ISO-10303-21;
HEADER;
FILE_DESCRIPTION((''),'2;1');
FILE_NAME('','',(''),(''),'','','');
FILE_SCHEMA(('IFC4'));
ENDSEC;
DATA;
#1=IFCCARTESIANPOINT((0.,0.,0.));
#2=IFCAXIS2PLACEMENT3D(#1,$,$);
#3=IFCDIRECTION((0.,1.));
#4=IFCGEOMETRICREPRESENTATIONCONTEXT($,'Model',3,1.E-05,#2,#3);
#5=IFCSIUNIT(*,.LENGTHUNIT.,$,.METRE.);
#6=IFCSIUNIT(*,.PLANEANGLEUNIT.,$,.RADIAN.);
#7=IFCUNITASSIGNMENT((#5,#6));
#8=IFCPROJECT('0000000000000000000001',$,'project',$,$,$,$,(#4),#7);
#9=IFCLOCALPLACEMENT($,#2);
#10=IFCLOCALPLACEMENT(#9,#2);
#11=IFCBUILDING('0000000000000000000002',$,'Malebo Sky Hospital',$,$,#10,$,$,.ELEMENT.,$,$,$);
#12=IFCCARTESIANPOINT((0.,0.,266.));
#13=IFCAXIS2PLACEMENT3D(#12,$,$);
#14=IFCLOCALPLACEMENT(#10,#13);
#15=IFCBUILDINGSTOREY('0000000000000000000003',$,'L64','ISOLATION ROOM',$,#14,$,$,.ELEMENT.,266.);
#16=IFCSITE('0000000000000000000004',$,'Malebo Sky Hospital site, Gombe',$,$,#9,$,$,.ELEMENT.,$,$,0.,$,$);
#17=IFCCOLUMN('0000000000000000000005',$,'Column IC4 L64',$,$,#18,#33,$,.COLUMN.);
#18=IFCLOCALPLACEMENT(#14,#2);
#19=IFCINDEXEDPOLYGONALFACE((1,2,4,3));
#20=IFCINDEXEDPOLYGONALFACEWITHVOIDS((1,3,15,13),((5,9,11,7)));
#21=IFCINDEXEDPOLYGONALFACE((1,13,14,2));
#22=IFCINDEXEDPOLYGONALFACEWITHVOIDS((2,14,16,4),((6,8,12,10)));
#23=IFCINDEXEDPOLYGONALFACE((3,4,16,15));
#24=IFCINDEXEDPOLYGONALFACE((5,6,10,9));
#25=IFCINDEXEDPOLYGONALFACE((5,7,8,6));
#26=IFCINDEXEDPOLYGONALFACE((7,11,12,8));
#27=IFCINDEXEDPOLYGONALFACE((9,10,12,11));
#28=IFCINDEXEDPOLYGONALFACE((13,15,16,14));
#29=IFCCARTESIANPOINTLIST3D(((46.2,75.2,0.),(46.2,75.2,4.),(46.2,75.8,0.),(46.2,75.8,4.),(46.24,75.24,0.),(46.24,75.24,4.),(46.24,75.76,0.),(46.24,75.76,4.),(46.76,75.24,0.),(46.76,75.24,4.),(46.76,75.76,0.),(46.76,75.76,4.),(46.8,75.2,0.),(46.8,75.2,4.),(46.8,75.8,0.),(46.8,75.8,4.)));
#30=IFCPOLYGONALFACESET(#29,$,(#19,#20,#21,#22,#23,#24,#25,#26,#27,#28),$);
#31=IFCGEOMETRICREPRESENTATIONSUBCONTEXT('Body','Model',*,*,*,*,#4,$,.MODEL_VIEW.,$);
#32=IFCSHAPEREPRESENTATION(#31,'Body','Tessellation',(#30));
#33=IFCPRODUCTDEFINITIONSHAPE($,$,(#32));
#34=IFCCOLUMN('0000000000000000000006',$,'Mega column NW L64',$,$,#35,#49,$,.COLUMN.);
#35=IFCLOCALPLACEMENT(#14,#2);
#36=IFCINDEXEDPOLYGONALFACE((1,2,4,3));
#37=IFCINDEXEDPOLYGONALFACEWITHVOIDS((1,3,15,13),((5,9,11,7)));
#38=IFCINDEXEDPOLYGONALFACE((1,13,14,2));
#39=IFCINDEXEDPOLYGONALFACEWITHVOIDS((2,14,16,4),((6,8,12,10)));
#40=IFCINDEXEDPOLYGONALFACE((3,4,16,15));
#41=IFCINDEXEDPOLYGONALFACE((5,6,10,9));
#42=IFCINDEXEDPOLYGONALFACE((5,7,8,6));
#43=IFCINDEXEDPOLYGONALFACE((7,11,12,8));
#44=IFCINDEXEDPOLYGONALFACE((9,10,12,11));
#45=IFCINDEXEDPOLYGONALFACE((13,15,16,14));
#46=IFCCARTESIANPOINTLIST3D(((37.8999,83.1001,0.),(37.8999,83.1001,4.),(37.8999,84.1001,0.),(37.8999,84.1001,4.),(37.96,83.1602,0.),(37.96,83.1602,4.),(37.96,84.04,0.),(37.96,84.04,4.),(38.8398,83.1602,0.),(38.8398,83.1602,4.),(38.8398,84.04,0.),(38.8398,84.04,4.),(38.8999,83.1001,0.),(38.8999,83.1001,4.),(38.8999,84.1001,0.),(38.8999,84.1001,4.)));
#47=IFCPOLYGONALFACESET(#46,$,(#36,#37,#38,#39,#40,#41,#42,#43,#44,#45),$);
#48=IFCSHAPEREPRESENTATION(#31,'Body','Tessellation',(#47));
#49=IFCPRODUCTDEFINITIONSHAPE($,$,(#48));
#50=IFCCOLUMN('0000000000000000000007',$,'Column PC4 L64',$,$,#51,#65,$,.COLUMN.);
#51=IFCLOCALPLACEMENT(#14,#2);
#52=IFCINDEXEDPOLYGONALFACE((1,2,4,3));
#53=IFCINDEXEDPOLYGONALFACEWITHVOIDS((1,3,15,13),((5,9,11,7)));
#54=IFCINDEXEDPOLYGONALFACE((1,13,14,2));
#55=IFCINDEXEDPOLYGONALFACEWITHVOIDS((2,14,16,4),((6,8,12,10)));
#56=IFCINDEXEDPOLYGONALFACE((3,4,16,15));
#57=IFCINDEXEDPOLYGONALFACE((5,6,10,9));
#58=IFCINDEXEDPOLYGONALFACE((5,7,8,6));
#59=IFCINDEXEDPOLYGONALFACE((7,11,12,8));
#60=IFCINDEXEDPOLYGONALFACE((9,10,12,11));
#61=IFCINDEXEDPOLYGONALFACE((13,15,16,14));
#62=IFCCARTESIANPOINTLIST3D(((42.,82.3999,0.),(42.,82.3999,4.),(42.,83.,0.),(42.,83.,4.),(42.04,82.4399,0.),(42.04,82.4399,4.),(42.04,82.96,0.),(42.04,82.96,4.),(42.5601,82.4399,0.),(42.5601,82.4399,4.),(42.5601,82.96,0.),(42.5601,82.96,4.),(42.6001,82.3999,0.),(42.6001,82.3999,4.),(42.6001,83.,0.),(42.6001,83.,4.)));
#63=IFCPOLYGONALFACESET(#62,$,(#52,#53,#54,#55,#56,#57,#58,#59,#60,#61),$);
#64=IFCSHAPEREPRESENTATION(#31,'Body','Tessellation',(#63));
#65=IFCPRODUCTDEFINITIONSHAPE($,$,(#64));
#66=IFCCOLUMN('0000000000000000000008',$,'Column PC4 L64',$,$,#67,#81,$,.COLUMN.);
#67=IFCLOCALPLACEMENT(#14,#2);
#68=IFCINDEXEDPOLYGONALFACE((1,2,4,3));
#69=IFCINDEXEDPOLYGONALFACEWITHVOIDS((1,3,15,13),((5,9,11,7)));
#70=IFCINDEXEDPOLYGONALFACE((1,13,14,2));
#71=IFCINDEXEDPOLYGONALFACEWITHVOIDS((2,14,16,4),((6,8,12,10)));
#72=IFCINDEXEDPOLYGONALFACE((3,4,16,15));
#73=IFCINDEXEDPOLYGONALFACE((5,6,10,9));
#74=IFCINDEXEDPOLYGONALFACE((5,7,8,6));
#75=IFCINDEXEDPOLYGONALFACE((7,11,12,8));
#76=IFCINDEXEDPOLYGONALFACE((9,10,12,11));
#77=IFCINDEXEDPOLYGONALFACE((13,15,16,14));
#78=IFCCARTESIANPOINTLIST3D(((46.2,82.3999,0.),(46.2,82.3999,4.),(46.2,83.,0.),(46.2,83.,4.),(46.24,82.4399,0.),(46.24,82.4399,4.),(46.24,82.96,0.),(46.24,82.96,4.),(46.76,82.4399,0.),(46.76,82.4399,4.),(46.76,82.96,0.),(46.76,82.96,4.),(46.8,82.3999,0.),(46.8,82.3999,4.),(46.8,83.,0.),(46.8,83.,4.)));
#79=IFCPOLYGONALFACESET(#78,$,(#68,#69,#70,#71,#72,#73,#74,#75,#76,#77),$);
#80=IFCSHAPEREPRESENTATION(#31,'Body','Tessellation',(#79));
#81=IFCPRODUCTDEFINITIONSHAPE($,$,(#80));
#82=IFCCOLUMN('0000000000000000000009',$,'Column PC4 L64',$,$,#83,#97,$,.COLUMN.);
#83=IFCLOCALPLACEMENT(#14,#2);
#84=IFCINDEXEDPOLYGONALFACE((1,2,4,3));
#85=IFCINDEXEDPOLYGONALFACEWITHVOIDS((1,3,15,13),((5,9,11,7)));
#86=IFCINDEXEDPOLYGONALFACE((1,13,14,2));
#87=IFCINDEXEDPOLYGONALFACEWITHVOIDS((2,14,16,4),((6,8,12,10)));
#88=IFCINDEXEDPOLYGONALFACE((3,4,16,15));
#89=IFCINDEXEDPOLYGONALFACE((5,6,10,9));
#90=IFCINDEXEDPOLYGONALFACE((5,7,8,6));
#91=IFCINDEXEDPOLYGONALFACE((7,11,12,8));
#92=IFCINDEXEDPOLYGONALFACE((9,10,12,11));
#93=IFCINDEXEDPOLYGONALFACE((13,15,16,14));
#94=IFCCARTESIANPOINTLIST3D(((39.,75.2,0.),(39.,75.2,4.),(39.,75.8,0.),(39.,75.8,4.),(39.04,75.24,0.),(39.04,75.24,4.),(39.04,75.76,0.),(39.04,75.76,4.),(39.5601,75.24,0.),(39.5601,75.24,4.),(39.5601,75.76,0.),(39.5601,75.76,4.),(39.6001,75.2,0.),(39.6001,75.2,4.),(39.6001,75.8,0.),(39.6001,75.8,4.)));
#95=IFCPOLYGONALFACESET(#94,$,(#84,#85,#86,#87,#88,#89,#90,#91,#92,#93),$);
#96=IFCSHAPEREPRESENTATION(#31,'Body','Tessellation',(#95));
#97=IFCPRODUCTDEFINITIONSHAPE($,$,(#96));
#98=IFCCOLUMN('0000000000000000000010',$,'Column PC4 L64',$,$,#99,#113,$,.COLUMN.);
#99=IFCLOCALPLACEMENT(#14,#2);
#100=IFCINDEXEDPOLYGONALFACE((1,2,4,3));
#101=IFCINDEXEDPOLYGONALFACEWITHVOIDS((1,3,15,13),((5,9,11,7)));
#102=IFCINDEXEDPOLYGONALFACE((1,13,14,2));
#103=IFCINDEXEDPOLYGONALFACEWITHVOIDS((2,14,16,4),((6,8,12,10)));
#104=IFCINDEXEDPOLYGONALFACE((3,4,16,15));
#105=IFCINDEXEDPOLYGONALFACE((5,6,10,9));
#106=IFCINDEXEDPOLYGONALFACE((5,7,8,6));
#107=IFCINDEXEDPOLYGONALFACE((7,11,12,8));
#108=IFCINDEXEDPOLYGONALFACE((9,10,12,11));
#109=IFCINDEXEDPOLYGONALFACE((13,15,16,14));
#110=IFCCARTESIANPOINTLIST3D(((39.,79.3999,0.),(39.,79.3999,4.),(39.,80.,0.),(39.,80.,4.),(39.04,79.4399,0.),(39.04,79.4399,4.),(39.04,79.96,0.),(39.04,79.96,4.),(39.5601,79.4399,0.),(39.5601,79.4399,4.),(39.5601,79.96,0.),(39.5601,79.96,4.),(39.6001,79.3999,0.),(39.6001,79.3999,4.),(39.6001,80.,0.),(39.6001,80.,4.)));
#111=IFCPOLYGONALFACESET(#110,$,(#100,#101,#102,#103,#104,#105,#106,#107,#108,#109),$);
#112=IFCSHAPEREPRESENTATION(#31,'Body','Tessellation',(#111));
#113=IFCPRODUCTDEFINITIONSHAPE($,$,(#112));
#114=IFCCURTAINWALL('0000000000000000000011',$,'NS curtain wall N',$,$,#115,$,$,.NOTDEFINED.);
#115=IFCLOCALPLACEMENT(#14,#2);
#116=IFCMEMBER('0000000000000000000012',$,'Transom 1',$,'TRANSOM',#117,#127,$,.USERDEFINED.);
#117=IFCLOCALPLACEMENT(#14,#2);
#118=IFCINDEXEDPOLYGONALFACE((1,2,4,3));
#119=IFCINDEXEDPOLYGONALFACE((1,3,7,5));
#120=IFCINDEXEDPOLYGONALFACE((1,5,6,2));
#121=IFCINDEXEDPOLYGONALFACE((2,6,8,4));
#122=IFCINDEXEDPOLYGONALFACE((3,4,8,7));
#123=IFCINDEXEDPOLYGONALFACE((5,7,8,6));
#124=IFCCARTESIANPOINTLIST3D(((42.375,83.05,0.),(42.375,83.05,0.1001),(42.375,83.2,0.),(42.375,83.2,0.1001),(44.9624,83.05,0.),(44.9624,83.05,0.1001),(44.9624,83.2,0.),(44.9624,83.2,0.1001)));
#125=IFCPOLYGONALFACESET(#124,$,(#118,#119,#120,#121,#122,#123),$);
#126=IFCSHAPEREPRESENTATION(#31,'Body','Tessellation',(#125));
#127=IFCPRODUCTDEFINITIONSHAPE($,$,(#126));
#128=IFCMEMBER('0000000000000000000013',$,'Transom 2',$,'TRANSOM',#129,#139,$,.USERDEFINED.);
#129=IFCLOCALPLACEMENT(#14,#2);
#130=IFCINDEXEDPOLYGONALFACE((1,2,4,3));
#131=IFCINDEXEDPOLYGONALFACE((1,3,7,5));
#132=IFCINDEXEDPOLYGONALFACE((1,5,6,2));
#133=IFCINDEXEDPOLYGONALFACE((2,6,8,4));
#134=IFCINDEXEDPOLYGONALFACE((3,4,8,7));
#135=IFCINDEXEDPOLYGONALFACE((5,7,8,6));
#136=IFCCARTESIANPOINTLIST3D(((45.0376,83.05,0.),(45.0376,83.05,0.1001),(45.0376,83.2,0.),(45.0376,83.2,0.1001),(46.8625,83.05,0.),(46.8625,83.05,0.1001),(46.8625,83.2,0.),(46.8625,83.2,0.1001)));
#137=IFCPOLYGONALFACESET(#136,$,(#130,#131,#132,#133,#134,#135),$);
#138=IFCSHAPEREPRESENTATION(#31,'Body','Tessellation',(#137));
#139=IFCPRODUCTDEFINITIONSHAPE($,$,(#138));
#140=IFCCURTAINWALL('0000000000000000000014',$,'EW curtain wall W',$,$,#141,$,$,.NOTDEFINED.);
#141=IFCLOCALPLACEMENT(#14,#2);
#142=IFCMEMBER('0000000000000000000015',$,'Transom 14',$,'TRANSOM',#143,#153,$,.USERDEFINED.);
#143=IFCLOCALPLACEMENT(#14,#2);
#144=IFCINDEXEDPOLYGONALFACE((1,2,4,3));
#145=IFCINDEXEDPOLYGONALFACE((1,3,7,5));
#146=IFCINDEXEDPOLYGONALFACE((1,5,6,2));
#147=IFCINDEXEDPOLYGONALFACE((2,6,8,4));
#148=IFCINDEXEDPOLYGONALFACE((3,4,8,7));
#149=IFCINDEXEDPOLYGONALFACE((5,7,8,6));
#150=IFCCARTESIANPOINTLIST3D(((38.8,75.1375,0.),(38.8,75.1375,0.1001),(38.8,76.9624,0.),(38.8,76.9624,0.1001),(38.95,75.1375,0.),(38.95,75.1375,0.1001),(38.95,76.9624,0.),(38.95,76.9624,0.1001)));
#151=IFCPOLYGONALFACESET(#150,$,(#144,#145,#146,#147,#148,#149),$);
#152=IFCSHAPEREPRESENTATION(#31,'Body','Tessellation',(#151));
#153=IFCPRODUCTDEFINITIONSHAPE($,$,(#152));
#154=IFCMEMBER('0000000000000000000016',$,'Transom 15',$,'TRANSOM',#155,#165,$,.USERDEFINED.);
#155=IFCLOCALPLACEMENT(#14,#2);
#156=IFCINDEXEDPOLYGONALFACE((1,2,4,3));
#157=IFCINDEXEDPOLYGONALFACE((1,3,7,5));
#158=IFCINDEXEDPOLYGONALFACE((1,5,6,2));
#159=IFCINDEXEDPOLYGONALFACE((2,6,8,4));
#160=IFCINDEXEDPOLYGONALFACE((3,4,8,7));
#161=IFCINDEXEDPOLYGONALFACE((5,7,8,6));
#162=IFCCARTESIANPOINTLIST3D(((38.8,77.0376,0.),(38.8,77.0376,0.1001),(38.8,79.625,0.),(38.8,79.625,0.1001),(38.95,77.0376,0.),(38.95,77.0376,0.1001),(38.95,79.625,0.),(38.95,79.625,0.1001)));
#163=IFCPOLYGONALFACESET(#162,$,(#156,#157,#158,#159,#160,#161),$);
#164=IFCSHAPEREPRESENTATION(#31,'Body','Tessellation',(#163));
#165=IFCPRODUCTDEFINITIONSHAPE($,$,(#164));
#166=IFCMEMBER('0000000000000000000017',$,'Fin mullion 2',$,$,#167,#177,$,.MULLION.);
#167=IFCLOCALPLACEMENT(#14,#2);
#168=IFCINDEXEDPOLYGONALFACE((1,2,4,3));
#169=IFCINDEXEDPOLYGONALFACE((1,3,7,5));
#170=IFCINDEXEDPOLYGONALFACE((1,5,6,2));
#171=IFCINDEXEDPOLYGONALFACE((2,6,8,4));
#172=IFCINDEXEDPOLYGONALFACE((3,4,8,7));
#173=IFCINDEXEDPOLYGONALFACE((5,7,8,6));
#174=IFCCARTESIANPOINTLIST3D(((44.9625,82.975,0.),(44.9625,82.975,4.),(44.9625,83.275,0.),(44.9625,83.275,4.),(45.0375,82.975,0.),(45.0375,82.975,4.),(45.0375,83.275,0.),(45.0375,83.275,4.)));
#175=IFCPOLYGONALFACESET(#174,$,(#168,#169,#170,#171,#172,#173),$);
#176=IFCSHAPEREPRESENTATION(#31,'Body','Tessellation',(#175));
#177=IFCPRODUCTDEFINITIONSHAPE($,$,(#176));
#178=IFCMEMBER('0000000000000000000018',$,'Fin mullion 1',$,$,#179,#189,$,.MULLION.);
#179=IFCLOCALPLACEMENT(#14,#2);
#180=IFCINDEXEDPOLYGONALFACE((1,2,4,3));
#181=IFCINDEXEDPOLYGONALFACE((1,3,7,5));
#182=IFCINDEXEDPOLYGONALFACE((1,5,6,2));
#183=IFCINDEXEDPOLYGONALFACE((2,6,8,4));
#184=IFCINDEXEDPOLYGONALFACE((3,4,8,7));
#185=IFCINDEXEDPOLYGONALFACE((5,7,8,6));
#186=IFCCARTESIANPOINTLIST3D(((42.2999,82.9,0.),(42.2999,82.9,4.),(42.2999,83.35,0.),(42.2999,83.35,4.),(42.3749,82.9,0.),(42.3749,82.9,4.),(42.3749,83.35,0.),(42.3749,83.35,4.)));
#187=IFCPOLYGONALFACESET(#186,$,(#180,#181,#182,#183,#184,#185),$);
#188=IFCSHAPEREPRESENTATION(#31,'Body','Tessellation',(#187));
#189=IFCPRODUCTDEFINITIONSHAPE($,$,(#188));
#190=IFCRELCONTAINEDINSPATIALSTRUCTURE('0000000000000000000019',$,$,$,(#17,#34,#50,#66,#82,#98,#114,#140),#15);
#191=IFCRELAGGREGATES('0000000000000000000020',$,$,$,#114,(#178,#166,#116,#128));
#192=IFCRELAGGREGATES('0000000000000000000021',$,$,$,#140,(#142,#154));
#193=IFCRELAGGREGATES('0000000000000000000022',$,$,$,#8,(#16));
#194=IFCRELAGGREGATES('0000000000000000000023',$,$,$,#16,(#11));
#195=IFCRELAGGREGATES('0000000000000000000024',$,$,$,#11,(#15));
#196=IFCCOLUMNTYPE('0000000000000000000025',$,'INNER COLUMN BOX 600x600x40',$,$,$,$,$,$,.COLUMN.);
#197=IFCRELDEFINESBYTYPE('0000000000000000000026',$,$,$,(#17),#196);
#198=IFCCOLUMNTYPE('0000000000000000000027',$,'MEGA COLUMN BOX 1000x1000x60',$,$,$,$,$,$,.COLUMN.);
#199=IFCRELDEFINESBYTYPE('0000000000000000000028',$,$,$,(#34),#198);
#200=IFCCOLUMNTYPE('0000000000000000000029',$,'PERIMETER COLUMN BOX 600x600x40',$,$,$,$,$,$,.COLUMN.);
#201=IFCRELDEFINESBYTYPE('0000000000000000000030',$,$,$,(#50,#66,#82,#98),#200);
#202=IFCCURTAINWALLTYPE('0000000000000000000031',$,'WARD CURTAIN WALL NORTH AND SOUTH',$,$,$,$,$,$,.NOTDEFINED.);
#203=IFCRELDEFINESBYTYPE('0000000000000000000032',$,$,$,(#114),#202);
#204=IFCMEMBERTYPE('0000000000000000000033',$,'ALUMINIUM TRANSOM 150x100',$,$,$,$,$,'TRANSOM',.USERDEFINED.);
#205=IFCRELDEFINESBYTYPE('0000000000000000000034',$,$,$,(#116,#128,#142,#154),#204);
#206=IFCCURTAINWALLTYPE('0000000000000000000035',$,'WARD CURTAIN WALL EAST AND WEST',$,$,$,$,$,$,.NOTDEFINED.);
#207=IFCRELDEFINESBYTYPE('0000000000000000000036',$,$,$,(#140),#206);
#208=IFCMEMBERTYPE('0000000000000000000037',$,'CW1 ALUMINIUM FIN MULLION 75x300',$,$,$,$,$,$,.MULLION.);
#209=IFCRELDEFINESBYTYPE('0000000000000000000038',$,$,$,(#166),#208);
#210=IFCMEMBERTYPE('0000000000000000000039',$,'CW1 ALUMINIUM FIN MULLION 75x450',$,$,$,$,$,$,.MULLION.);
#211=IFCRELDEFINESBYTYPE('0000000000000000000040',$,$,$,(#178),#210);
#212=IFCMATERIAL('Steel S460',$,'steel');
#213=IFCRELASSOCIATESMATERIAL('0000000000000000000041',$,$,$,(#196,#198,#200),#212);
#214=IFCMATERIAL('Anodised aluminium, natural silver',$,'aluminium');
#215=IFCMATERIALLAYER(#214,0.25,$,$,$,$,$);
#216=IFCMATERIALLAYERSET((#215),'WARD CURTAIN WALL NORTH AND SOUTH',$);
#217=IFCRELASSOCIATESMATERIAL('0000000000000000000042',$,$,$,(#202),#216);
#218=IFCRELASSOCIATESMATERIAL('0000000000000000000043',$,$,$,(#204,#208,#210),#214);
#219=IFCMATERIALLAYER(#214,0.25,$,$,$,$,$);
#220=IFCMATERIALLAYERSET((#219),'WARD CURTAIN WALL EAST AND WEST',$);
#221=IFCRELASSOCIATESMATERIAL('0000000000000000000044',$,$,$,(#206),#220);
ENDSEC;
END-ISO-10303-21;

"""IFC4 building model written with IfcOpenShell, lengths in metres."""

from ifc_helpers import new_model, si_unit, direction, frame, origin, origin_2d, place, context, subcontext, project, spatial, rectangle, hollow_rectangle, extrude, material, layer, layer_set, material_profile, profile_set, type_object, element, aggregate, save


model = new_model("IFC4")

# Units and contexts
model_context = context("Model", 3, precision=1e-05, world=origin(), true_north=direction((0.0, 1.0)))
body_context = subcontext(model_context, "Body", "Model", "MODEL_VIEW")
ifc_project = project(units=[si_unit("LENGTHUNIT", "METRE"), si_unit("PLANEANGLEUNIT", "RADIAN")], contexts=[model_context])

# Site, building, storey
site_placement = place(None, origin())
site = spatial("IfcSite", under=ifc_project, at=site_placement, Name="Malebo Sky Hospital site, Gombe", CompositionType="ELEMENT", RefElevation=0.0)
building_placement = place(site_placement, origin())
building = spatial("IfcBuilding", under=site, at=building_placement, Name="Malebo Sky Hospital", CompositionType="ELEMENT")
storey_placement = place(building_placement, frame((0.0, 0.0, 266.0)))
storey = spatial("IfcBuildingStorey", under=building, at=storey_placement, Name="L64", Description="ISOLATION ROOM", CompositionType="ELEMENT", Elevation=266.0)

# Columns
ifc_material_1 = material(Name="Steel S460", Category="steel")
ifc_material_profile_1 = material_profile(ifc_material_1, hollow_rectangle(XDim=0.6001, YDim=0.6001, WallThickness=0.04, at=origin_2d()), Name="BOX 600x600x40")
ifc_profile_set_1 = profile_set([ifc_material_profile_1], Name="Steel S460")
column_type_1 = type_object("IfcColumnType", Name="INNER COLUMN BOX 600x600x40", PredefinedType="COLUMN", material=ifc_profile_set_1)
column_1_placement = place(storey_placement, frame((46.5, 75.5, 0.0), z_axis=(0.0, 0.0, 1.0), x_axis=(1.0, 0.0, 0.0)))
element("IfcColumn", 1, at=column_1_placement, inside=storey, type_object=column_type_1, Name="Column IC4 L64", PredefinedType="COLUMN", context=body_context, shape_type="SweptSolid", body=[
    extrude(hollow_rectangle(XDim=0.6001, YDim=0.6001, WallThickness=0.04, at=origin_2d()), origin(), (0.0, 0.0, 1.0), 4.0),
])
ifc_material_profile_2 = material_profile(ifc_material_1, hollow_rectangle(XDim=1.0, YDim=1.0, WallThickness=0.0601, at=origin_2d()), Name="BOX 1000x1000x60")
ifc_profile_set_2 = profile_set([ifc_material_profile_2], Name="Steel S460")
column_type_2 = type_object("IfcColumnType", Name="MEGA COLUMN BOX 1000x1000x60", PredefinedType="COLUMN", material=ifc_profile_set_2)
column_2_placement = place(storey_placement, frame((38.3999, 83.6001, 0.0), z_axis=(0.0, 0.0, 1.0), x_axis=(1.0, 0.0, 0.0)))
element("IfcColumn", 2, at=column_2_placement, inside=storey, type_object=column_type_2, Name="Mega column NW L64", PredefinedType="COLUMN", context=body_context, shape_type="SweptSolid", body=[
    extrude(hollow_rectangle(XDim=1.0, YDim=1.0, WallThickness=0.0601, at=origin_2d()), origin(), (0.0, 0.0, 1.0), 4.0),
])
ifc_material_profile_3 = material_profile(ifc_material_1, hollow_rectangle(XDim=0.6001, YDim=0.6001, WallThickness=0.04, at=origin_2d()), Name="BOX 600x600x40")
ifc_profile_set_3 = profile_set([ifc_material_profile_3], Name="Steel S460")
column_type_3 = type_object("IfcColumnType", Name="PERIMETER COLUMN BOX 600x600x40", PredefinedType="COLUMN", material=ifc_profile_set_3)
for number, where, z_axis, x_axis, name in (
    (3, (42.3, 82.7, 0.0), (0.0, 0.0, 1.0), (1.0, 0.0, 0.0), "Column PC4 L64"),
    (4, (46.5, 82.7, 0.0), (0.0, 0.0, 1.0), (1.0, 0.0, 0.0), "Column PC4 L64"),
    (5, (39.3, 75.5, 0.0), (0.0, 0.0, 1.0), (1.0, 0.0, 0.0), "Column PC4 L64"),
    (6, (39.3, 79.7, 0.0), (0.0, 0.0, 1.0), (1.0, 0.0, 0.0), "Column PC4 L64"),
):
    element("IfcColumn", number, at=place(storey_placement, frame(where, z_axis=z_axis, x_axis=x_axis)), inside=storey, type_object=column_type_3, Name=name, PredefinedType="COLUMN", context=body_context, shape_type="SweptSolid", body=[
        extrude(hollow_rectangle(XDim=0.6001, YDim=0.6001, WallThickness=0.04, at=origin_2d()), origin(), (0.0, 0.0, 1.0), 4.0),
    ])

# Curtain walls, members
ifc_material_2 = material(Name="Anodised aluminium, natural silver", Category="aluminium")
ifc_layer_1 = layer(ifc_material_2, 0.25)
ifc_layer_set_1 = layer_set([ifc_layer_1], Name="WARD CURTAIN WALL NORTH AND SOUTH")
curtain_wall_type_1 = type_object("IfcCurtainWallType", Name="WARD CURTAIN WALL NORTH AND SOUTH", PredefinedType="NOTDEFINED", material=ifc_layer_set_1)
curtain_wall_1_placement = place(storey_placement, origin())
curtain_wall_1 = element("IfcCurtainWall", 7, at=curtain_wall_1_placement, inside=storey, type_object=curtain_wall_type_1, Name="NS curtain wall N", PredefinedType="NOTDEFINED")
ifc_material_profile_4 = material_profile(ifc_material_2, rectangle(XDim=0.1499, YDim=0.1001, at=origin_2d()), Name="ALUMINIUM TRANSOM 150x100")
ifc_profile_set_4 = profile_set([ifc_material_profile_4], Name="Anodised aluminium, natural silver")
member_type_1 = type_object("IfcMemberType", Name="ALUMINIUM TRANSOM 150x100", ElementType="TRANSOM", PredefinedType="USERDEFINED", material=ifc_profile_set_4)
member_1_placement = place(storey_placement, frame((42.375, 83.125, 0.05), z_axis=(1.0, 0.0, 0.0), x_axis=(0.0, 1.0, 0.0)))
member_1 = element("IfcMember", 8, at=member_1_placement, type_object=member_type_1, Name="Transom 1", ObjectType="TRANSOM", PredefinedType="USERDEFINED", context=body_context, shape_type="SweptSolid", body=[
    extrude(rectangle(XDim=0.1499, YDim=0.1001, at=origin_2d()), origin(), (0.0, 0.0, 1.0), 2.5874),
])
member_2_placement = place(storey_placement, frame((45.0376, 83.125, 0.05), z_axis=(1.0, 0.0, 0.0), x_axis=(0.0, 1.0, 0.0)))
member_2 = element("IfcMember", 9, at=member_2_placement, type_object=member_type_1, Name="Transom 2", ObjectType="TRANSOM", PredefinedType="USERDEFINED", context=body_context, shape_type="SweptSolid", body=[
    extrude(rectangle(XDim=0.1499, YDim=0.1001, at=origin_2d()), origin(), (0.0, 0.0, 1.0), 1.825),
])
ifc_layer_2 = layer(ifc_material_2, 0.25)
ifc_layer_set_2 = layer_set([ifc_layer_2], Name="WARD CURTAIN WALL EAST AND WEST")
curtain_wall_type_2 = type_object("IfcCurtainWallType", Name="WARD CURTAIN WALL EAST AND WEST", PredefinedType="NOTDEFINED", material=ifc_layer_set_2)
curtain_wall_2_placement = place(storey_placement, origin())
curtain_wall_2 = element("IfcCurtainWall", 10, at=curtain_wall_2_placement, inside=storey, type_object=curtain_wall_type_2, Name="EW curtain wall W", PredefinedType="NOTDEFINED")
member_3_placement = place(storey_placement, frame((38.875, 75.1375, 0.05), z_axis=(0.0, 1.0, 0.0), x_axis=(-1.0, 0.0, 0.0)))
member_3 = element("IfcMember", 11, at=member_3_placement, type_object=member_type_1, Name="Transom 14", ObjectType="TRANSOM", PredefinedType="USERDEFINED", context=body_context, shape_type="SweptSolid", body=[
    extrude(rectangle(XDim=0.1499, YDim=0.1001, at=origin_2d()), origin(), (0.0, 0.0, 1.0), 1.825),
])
member_4_placement = place(storey_placement, frame((38.875, 77.0376, 0.05), z_axis=(0.0, 1.0, 0.0), x_axis=(-1.0, 0.0, 0.0)))
member_4 = element("IfcMember", 12, at=member_4_placement, type_object=member_type_1, Name="Transom 15", ObjectType="TRANSOM", PredefinedType="USERDEFINED", context=body_context, shape_type="SweptSolid", body=[
    extrude(rectangle(XDim=0.1499, YDim=0.1001, at=origin_2d()), origin(), (0.0, 0.0, 1.0), 2.5874),
])

# Members
ifc_material_profile_5 = material_profile(ifc_material_2, rectangle(XDim=0.075, YDim=0.3, at=origin_2d()), Name="CW1 ALUMINIUM FIN MULLION 75x300")
ifc_profile_set_5 = profile_set([ifc_material_profile_5], Name="Anodised aluminium, natural silver")
member_type_2 = type_object("IfcMemberType", Name="CW1 ALUMINIUM FIN MULLION 75x300", PredefinedType="MULLION", material=ifc_profile_set_5)
member_5_placement = place(storey_placement, frame((45.0, 83.125, 0.0), z_axis=(0.0, 0.0, 1.0), x_axis=(1.0, 0.0, 0.0)))
member_5 = element("IfcMember", 13, at=member_5_placement, type_object=member_type_2, Name="Fin mullion 2", PredefinedType="MULLION", context=body_context, shape_type="SweptSolid", body=[
    extrude(rectangle(XDim=0.075, YDim=0.3, at=origin_2d()), origin(), (0.0, 0.0, 1.0), 4.0),
])
ifc_material_profile_6 = material_profile(ifc_material_2, rectangle(XDim=0.075, YDim=0.45, at=origin_2d()), Name="CW1 ALUMINIUM FIN MULLION 75x450")
ifc_profile_set_6 = profile_set([ifc_material_profile_6], Name="Anodised aluminium, natural silver")
member_type_3 = type_object("IfcMemberType", Name="CW1 ALUMINIUM FIN MULLION 75x450", PredefinedType="MULLION", material=ifc_profile_set_6)
member_6_placement = place(storey_placement, frame((42.3374, 83.125, 0.0), z_axis=(0.0, 0.0, 1.0), x_axis=(1.0, 0.0, 0.0)))
member_6 = element("IfcMember", 14, at=member_6_placement, type_object=member_type_3, Name="Fin mullion 1", PredefinedType="MULLION", context=body_context, shape_type="SweptSolid", body=[
    extrude(rectangle(XDim=0.075, YDim=0.45, at=origin_2d()), origin(), (0.0, 0.0, 1.0), 4.0),
])

aggregate(curtain_wall_1, [member_6, member_5, member_1, member_2])
aggregate(curtain_wall_2, [member_3, member_4])

save(model, "model.ifc")
